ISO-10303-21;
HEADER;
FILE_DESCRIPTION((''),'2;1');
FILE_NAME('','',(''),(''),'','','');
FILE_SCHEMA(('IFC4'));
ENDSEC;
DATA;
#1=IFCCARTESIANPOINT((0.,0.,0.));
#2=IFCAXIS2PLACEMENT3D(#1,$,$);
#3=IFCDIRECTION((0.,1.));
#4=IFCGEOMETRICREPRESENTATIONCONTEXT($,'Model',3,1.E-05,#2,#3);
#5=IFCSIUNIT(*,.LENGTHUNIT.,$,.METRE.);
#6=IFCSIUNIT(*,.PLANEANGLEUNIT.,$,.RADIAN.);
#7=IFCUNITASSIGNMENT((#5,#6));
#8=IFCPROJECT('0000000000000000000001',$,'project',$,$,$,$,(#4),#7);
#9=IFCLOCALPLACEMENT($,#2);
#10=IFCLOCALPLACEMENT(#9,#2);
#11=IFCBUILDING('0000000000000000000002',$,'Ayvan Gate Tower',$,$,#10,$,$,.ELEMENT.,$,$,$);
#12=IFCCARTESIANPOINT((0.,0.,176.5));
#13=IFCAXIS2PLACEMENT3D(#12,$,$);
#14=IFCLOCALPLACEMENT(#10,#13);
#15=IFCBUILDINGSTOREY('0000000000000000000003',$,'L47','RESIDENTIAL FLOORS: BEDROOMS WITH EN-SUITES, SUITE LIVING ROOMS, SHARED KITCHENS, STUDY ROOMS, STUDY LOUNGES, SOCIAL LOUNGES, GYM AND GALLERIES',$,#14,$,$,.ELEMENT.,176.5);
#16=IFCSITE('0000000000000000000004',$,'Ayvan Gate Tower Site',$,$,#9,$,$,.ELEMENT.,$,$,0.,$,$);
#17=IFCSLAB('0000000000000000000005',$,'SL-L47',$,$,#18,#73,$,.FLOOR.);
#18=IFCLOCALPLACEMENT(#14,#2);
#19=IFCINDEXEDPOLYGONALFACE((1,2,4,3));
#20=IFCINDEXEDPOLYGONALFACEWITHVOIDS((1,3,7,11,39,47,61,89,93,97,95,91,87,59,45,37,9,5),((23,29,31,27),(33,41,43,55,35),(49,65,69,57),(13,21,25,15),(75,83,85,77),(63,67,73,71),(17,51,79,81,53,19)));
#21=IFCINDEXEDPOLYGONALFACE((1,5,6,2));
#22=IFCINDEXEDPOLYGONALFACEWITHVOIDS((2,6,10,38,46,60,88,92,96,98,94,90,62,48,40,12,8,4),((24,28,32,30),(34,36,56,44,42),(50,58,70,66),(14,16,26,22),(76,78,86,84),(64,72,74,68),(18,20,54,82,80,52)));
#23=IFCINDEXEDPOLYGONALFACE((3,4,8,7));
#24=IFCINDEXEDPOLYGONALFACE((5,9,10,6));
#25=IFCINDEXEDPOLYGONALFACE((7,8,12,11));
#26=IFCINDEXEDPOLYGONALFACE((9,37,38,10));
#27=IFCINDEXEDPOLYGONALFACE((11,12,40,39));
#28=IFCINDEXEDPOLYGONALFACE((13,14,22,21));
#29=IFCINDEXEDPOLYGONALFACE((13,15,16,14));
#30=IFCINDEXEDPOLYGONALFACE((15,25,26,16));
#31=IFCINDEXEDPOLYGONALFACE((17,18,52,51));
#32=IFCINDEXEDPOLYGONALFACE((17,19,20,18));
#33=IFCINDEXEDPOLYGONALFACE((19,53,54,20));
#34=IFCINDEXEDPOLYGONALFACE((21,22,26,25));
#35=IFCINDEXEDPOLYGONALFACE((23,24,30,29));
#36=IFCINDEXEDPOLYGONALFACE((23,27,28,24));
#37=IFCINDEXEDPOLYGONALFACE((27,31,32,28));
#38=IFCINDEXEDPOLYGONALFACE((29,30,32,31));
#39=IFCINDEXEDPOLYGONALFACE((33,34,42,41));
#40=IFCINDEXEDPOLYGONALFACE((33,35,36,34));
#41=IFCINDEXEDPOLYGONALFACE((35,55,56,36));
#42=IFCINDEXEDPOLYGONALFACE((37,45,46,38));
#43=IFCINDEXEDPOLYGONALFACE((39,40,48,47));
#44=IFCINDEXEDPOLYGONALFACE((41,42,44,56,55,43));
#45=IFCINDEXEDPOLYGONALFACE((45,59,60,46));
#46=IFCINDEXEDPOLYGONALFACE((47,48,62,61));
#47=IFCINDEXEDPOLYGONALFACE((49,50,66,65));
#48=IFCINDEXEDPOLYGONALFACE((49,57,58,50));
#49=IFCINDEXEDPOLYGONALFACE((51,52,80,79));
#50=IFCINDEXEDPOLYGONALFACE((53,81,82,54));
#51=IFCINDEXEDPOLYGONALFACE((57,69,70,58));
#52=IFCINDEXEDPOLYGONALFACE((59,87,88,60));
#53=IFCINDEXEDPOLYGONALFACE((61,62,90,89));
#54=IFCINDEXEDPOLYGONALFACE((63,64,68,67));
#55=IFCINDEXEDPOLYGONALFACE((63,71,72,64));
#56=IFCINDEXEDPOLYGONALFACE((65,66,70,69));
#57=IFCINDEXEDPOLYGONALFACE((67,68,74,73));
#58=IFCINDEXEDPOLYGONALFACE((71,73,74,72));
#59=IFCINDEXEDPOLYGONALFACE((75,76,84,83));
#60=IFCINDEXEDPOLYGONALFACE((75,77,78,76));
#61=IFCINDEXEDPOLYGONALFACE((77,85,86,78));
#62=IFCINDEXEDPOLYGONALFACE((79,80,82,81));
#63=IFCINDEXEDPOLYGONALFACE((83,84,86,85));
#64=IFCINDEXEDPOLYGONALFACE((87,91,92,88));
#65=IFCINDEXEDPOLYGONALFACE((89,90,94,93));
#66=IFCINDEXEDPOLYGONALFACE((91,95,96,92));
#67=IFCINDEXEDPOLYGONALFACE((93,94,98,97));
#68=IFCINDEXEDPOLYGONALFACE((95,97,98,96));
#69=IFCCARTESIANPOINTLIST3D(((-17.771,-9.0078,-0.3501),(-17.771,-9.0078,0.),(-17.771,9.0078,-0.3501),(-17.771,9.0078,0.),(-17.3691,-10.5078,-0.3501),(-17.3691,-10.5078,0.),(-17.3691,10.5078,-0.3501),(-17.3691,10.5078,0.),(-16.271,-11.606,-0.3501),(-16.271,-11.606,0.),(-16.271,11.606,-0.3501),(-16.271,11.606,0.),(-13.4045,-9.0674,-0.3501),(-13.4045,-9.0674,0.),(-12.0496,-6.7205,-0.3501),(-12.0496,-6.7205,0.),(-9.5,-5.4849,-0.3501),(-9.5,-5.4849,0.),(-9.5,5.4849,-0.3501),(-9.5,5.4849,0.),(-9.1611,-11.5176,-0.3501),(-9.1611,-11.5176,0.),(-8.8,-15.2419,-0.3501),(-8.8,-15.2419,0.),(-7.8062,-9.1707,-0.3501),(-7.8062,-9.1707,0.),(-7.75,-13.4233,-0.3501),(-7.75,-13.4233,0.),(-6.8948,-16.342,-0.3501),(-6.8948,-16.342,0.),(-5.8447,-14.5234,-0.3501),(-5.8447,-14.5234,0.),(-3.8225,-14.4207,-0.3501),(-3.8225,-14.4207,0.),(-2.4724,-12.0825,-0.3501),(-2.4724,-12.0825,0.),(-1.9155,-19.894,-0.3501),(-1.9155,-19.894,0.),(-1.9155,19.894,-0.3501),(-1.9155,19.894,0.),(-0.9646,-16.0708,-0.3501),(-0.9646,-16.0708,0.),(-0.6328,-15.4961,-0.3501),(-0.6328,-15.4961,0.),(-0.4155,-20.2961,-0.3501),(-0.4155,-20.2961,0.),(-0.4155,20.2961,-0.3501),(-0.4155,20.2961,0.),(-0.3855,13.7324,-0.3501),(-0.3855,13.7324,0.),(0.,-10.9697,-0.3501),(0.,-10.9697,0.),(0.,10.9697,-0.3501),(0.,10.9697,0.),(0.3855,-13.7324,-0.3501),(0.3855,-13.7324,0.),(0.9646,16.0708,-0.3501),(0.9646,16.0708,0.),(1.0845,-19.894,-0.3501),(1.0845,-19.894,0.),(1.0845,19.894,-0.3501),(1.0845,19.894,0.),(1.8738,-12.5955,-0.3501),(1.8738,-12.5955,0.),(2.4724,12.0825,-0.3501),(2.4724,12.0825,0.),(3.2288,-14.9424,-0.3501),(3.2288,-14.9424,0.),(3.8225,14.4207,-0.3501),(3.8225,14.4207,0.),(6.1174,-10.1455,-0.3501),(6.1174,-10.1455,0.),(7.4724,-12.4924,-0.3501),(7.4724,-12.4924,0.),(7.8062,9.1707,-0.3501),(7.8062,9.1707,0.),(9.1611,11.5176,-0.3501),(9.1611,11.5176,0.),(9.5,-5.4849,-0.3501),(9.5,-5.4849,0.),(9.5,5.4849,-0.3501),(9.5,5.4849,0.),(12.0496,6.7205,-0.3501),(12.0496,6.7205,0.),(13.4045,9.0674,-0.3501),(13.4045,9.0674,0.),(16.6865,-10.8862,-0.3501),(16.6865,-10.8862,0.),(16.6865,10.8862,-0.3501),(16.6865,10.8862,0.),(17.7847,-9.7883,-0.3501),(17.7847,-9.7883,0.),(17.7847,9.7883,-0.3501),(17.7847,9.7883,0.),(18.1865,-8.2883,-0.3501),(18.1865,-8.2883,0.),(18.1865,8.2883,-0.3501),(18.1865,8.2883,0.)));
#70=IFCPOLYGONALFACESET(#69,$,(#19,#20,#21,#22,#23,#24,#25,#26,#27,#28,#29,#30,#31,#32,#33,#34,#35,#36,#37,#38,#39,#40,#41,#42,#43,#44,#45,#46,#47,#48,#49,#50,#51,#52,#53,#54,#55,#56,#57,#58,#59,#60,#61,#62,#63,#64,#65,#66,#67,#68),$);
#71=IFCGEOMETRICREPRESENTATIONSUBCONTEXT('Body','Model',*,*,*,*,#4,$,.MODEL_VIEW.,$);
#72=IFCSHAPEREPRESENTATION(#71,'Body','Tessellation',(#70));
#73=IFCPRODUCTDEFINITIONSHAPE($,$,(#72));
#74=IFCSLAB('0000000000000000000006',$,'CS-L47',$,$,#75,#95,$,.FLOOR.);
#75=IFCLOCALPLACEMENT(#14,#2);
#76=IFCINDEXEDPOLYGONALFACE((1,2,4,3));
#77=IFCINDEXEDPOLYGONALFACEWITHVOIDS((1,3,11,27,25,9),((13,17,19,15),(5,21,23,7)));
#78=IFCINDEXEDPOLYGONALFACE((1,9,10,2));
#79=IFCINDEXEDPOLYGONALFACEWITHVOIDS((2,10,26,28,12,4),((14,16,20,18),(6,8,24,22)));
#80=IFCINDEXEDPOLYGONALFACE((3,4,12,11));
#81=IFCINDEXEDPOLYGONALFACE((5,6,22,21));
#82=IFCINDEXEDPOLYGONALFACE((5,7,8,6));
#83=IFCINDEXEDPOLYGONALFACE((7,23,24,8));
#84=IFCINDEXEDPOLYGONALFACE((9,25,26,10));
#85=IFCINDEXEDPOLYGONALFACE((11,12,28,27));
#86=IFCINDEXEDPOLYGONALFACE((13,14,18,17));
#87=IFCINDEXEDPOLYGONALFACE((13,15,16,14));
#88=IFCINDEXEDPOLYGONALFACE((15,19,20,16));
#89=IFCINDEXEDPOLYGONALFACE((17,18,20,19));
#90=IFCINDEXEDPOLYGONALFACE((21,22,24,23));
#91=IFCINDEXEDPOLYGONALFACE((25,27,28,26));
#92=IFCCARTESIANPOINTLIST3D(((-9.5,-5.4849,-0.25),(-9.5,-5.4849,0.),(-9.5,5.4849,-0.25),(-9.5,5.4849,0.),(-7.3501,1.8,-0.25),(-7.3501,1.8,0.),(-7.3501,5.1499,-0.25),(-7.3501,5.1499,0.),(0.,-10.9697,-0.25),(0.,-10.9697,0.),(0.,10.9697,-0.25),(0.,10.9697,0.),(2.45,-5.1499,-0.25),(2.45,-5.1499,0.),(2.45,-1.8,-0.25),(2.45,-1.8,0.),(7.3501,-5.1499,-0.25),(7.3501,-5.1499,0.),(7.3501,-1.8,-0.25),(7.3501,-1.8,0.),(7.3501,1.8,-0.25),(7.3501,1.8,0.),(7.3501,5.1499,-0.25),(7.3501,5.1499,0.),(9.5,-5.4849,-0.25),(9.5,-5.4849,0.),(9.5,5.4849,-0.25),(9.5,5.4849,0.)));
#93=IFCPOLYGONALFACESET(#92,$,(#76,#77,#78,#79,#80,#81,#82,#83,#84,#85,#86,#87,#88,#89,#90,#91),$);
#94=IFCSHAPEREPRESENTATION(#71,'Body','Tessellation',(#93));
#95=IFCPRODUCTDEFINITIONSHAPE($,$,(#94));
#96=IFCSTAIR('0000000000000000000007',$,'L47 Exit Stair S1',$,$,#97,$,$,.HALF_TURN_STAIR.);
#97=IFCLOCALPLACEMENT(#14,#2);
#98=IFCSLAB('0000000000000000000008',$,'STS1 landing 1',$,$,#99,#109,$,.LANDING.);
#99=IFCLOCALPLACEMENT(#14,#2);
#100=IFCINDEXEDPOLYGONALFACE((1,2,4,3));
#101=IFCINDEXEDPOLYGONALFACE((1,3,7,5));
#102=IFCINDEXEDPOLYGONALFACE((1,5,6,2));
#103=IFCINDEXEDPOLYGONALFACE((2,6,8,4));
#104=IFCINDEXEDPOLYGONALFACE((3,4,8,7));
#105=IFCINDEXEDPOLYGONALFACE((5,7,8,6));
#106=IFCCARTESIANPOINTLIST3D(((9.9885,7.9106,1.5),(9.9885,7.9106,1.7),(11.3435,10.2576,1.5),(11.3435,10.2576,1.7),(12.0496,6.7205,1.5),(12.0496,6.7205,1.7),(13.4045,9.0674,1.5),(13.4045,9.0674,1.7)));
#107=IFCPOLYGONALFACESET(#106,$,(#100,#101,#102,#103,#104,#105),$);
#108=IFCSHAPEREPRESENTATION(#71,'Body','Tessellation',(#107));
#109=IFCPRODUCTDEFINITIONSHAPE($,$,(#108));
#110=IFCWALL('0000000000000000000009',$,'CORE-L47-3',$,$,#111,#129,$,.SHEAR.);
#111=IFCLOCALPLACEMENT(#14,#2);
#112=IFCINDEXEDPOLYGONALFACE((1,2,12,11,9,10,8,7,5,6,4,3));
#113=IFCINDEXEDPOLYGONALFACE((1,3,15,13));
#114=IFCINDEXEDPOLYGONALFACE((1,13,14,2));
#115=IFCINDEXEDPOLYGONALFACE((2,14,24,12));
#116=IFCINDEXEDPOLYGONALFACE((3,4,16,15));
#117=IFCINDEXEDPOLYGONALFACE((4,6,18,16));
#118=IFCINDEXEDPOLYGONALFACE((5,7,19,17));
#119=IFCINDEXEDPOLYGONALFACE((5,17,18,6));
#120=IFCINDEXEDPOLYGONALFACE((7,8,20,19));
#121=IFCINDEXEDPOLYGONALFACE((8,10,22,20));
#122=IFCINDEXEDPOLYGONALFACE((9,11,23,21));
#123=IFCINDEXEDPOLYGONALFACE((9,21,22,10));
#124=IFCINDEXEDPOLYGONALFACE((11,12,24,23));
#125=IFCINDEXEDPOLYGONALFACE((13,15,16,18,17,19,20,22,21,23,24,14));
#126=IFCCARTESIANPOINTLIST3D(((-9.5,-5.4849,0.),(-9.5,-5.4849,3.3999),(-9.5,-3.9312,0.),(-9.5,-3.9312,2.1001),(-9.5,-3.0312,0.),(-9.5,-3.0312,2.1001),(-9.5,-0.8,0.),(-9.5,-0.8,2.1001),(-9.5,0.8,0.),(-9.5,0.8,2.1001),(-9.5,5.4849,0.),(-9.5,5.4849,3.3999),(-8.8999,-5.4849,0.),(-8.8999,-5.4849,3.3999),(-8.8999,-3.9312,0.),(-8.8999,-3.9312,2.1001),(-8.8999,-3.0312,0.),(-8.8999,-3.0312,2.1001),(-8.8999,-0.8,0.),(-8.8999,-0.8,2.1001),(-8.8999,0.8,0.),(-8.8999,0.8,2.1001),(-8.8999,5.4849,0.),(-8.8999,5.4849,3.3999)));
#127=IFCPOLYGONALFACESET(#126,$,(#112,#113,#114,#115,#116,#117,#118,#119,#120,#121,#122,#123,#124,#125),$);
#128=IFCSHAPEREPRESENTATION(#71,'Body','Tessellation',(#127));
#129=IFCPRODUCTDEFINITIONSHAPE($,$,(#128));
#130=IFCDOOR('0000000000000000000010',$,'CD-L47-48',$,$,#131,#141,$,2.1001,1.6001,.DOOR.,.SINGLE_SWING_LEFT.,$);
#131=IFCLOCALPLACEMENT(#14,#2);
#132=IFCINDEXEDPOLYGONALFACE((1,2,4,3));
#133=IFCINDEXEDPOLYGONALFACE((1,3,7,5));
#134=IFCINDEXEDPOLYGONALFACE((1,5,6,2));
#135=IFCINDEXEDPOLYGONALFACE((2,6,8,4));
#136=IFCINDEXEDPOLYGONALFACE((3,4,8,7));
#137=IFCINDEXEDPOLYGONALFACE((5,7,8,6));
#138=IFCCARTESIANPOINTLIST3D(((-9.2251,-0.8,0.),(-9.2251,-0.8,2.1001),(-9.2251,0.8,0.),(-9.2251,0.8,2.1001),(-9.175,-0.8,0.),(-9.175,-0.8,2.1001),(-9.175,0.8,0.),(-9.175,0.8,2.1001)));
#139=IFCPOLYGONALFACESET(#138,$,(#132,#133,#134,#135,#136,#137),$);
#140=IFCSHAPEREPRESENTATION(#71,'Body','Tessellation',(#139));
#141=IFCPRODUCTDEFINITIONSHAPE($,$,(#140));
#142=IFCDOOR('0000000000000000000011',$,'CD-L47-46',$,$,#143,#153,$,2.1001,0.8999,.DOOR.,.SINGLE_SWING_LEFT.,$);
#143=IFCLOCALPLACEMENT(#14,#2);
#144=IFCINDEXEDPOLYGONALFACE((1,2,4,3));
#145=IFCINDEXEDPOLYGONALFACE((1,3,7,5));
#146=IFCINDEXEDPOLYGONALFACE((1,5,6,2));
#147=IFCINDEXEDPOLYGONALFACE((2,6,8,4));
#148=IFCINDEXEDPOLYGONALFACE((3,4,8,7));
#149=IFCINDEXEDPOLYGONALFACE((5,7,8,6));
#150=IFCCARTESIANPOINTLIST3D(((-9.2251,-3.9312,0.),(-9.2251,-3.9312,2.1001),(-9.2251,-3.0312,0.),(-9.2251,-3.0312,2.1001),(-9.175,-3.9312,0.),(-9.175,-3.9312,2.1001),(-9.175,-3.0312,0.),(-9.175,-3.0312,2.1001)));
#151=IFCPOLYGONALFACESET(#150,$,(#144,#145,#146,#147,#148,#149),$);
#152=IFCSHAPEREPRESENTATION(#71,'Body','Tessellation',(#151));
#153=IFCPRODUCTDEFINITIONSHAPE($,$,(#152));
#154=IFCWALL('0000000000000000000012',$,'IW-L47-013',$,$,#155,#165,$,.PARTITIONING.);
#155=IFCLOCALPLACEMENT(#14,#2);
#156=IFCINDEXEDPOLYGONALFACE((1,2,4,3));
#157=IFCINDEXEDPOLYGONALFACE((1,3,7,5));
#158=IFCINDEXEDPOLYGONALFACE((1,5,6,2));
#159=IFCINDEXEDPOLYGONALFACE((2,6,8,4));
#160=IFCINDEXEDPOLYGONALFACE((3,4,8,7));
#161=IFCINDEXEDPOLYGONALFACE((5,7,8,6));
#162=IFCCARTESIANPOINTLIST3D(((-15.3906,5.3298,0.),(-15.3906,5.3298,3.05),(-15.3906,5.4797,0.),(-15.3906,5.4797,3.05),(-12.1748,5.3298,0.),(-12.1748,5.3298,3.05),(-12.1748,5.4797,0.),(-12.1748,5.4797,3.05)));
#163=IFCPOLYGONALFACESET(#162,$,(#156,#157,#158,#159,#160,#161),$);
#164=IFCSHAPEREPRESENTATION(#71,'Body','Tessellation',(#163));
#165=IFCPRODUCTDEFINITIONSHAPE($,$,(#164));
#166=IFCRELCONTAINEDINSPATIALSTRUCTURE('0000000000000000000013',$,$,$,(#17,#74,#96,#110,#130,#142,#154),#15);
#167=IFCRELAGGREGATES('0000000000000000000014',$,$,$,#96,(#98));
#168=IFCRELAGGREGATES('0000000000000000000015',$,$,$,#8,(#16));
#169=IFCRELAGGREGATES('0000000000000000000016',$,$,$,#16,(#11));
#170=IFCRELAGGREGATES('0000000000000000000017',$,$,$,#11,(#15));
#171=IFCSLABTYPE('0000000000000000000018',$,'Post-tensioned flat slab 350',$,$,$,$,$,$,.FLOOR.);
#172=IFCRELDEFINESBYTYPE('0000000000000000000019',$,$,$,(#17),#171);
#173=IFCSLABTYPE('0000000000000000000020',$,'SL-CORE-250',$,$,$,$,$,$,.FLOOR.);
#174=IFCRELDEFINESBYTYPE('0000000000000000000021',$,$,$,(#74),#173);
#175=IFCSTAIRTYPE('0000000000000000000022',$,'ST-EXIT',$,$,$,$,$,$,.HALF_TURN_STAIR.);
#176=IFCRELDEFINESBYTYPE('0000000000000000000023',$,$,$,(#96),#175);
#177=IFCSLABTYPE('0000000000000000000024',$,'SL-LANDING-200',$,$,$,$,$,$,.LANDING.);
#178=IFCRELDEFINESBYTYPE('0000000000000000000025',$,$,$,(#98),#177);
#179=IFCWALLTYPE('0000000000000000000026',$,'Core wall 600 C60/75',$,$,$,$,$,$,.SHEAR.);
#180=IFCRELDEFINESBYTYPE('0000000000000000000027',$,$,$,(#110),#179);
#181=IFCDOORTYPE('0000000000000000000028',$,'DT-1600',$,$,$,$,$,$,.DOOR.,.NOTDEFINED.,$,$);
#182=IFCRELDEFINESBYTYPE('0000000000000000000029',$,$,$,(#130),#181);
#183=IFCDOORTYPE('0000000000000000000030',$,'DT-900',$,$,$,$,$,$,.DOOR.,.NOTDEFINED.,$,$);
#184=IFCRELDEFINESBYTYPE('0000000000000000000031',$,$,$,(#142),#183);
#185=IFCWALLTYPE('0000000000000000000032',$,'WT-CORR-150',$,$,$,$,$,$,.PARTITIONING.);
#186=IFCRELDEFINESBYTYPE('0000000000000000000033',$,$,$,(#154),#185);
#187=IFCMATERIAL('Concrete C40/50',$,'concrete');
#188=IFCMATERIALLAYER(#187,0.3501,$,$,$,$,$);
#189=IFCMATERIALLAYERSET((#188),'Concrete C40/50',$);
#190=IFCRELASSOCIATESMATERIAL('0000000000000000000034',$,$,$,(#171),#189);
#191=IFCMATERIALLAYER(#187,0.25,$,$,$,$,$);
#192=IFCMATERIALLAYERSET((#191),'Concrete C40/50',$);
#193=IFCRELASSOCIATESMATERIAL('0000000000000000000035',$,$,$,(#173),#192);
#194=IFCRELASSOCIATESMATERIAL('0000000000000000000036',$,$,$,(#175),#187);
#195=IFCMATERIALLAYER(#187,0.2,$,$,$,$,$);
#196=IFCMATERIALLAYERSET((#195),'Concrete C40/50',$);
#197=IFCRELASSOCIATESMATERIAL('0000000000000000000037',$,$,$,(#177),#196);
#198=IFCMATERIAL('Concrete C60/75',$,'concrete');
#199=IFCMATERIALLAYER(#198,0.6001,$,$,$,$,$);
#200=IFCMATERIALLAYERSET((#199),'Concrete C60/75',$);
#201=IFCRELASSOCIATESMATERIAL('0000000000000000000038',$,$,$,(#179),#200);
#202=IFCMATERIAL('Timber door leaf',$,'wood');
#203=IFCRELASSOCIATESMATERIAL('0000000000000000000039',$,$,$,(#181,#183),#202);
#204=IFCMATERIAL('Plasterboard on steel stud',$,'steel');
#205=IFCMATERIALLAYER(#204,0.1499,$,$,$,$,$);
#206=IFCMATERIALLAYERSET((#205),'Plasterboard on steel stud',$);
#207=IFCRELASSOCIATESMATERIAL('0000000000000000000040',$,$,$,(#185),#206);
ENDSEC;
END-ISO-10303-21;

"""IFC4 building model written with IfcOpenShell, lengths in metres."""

from ifc_helpers import new_model, si_unit, direction, frame, frame_2d, origin, place, context, subcontext, project, spatial, polyline, rectangle, outline, extrude, material, layer, layer_set, type_object, element, fill, aggregate, save


model = new_model("IFC4")

# Units and contexts
model_context = context("Model", 3, precision=1e-05, world=origin(), true_north=direction((0.0, 1.0)))
body_context = subcontext(model_context, "Body", "Model", "MODEL_VIEW")
ifc_project = project(units=[si_unit("LENGTHUNIT", "METRE"), si_unit("PLANEANGLEUNIT", "RADIAN")], contexts=[model_context])

# Site, building, storey
site_placement = place(None, origin())
site = spatial("IfcSite", under=ifc_project, at=site_placement, Name="Ayvan Gate Tower Site", CompositionType="ELEMENT", RefElevation=0.0)
building_placement = place(site_placement, origin())
building = spatial("IfcBuilding", under=site, at=building_placement, Name="Ayvan Gate Tower", CompositionType="ELEMENT")
storey_placement = place(building_placement, frame((0.0, 0.0, 176.5)))
storey = spatial("IfcBuildingStorey", under=building, at=storey_placement, Name="L47", Description="RESIDENTIAL FLOORS: BEDROOMS WITH EN-SUITES, SUITE LIVING ROOMS, SHARED KITCHENS, STUDY ROOMS, STUDY LOUNGES, SOCIAL LOUNGES, GYM AND GALLERIES", CompositionType="ELEMENT", Elevation=176.5)

# Slabs
ifc_material_1 = material(Name="Concrete C40/50", Category="concrete")
ifc_layer_1 = layer(ifc_material_1, 0.3501)
ifc_layer_set_1 = layer_set([ifc_layer_1], Name="Concrete C40/50")
slab_type_1 = type_object("IfcSlabType", Name="Post-tensioned flat slab 350", PredefinedType="FLOOR", material=ifc_layer_set_1)
slab_1_placement = place(storey_placement, frame((0.0, 0.0, -0.3501)))
element("IfcSlab", 1, at=slab_1_placement, inside=storey, type_object=slab_type_1, Name="SL-L47", PredefinedType="FLOOR", context=body_context, shape_type="SweptSolid", body=[
    extrude(outline(polyline([(-0.4155, -20.2961), (-1.9155, -19.894), (-16.271, -11.606), (-17.3691, -10.5078), (-17.771, -9.0078), (-17.771, 9.0078), (-17.3691, 10.5078), (-16.271, 11.606), (-1.9155, 19.894), (-0.4155, 20.2961), (1.0845, 19.894), (16.6865, 10.8862), (17.7847, 9.7883), (18.1865, 8.2883), (18.1865, -8.2883), (17.7847, -9.7883), (16.6865, -10.8862), (1.0845, -19.894), (-0.4155, -20.2961)]), holes=[polyline([(13.4045, 9.0674), (9.1611, 11.5176), (7.8062, 9.1707), (12.0496, 6.7205), (13.4045, 9.0674)]), polyline([(0.0, 10.9697), (-9.5, 5.4849), (-9.5, -5.4849), (0.0, -10.9697), (9.5, -5.4849), (9.5, 5.4849), (0.0, 10.9697)]), polyline([(3.2288, -14.9424), (7.4724, -12.4924), (6.1174, -10.1455), (1.8738, -12.5955), (3.2288, -14.9424)]), polyline([(0.9646, 16.0708), (-0.3855, 13.7324), (2.4724, 12.0825), (3.8225, 14.4207), (0.9646, 16.0708)]), polyline([(0.3855, -13.7324), (-2.4724, -12.0825), (-3.8225, -14.4207), (-0.9646, -16.0708), (-0.6328, -15.4961), (0.3855, -13.7324)]), polyline([(-6.8948, -16.342), (-5.8447, -14.5234), (-7.75, -13.4233), (-8.8, -15.2419), (-6.8948, -16.342)]), polyline([(-7.8062, -9.1707), (-12.0496, -6.7205), (-13.4045, -9.0674), (-9.1611, -11.5176), (-7.8062, -9.1707)])]), origin(), (0.0, 0.0, 1.0), 0.3501),
])
ifc_layer_2 = layer(ifc_material_1, 0.25)
ifc_layer_set_2 = layer_set([ifc_layer_2], Name="Concrete C40/50")
slab_type_2 = type_object("IfcSlabType", Name="SL-CORE-250", PredefinedType="FLOOR", material=ifc_layer_set_2)
slab_2_placement = place(storey_placement, frame((0.0, 0.0, -0.25)))
element("IfcSlab", 2, at=slab_2_placement, inside=storey, type_object=slab_type_2, Name="CS-L47", PredefinedType="FLOOR", context=body_context, shape_type="SweptSolid", body=[
    extrude(outline(polyline([(9.5, -5.4849), (0.0, -10.9697), (-9.5, -5.4849), (-9.5, 5.4849), (0.0, 10.9697), (9.5, 5.4849), (9.5, -5.4849)]), holes=[polyline([(-7.3501, 5.1499), (-7.3501, 1.8), (7.3501, 1.8), (7.3501, 5.1499), (-7.3501, 5.1499)]), polyline([(2.45, -1.8), (2.45, -5.1499), (7.3501, -5.1499), (7.3501, -1.8), (2.45, -1.8)])]), origin(), (0.0, 0.0, 1.0), 0.25),
])

# Stair, slab
stair_type = type_object("IfcStairType", Name="ST-EXIT", PredefinedType="HALF_TURN_STAIR", material=ifc_material_1)
stair_placement = place(storey_placement, origin())
stair = element("IfcStair", 3, at=stair_placement, inside=storey, type_object=stair_type, Name="L47 Exit Stair S1", PredefinedType="HALF_TURN_STAIR")
ifc_layer_3 = layer(ifc_material_1, 0.2)
ifc_layer_set_3 = layer_set([ifc_layer_3], Name="Concrete C40/50")
slab_type_3 = type_object("IfcSlabType", Name="SL-LANDING-200", PredefinedType="LANDING", material=ifc_layer_set_3)
slab_3_placement = place(storey_placement, frame((0.0, 0.0, 1.5)))
slab_3 = element("IfcSlab", 4, at=slab_3_placement, type_object=slab_type_3, Name="STS1 landing 1", PredefinedType="LANDING", context=body_context, shape_type="SweptSolid", body=[
    extrude(outline(polyline([(9.9885, 7.9106), (12.0496, 6.7205), (13.4045, 9.0674), (11.3435, 10.2576), (9.9885, 7.9106)])), origin(), (0.0, 0.0, 1.0), 0.2),
])
aggregate(stair, [slab_3])

# Wall, openings, doors
ifc_material_2 = material(Name="Concrete C60/75", Category="concrete")
ifc_layer_4 = layer(ifc_material_2, 0.6001)
ifc_layer_set_4 = layer_set([ifc_layer_4], Name="Concrete C60/75")
wall_type_1 = type_object("IfcWallType", Name="Core wall 600 C60/75", PredefinedType="SHEAR", material=ifc_layer_set_4)
wall_1_placement = place(storey_placement, frame((-9.2, 5.4849, 0.0), z_axis=(0.0, 0.0, 1.0), x_axis=(0.0, -1.0, 0.0)))
wall_1 = element("IfcWall", 5, at=wall_1_placement, inside=storey, type_object=wall_type_1, Name="CORE-L47-3", PredefinedType="SHEAR", context=body_context, shape_type="SweptSolid", body=[
    extrude(rectangle(XDim=10.9697, YDim=0.6001, at=frame_2d((5.4849, 0.0))), origin(), (0.0, 0.0, 1.0), 3.3999),
])
opening_1_placement = place(wall_1_placement, frame((8.5161, 0.0, 0.0)))
opening_1 = element("IfcOpeningElement", 6, at=opening_1_placement, cuts=wall_1, PredefinedType="OPENING", context=body_context, shape_type="SweptSolid", body=[
    extrude(rectangle(XDim=0.8999, YDim=2.1001, at=frame_2d((0.45, 1.05))), frame((0.0, 0.3101, 0.0), z_axis=(0.0, -1.0, 0.0), x_axis=(1.0, 0.0, 0.0)), (0.0, 0.0, 1.0), 0.6201),
])
opening_2_placement = place(wall_1_placement, frame((4.6848, 0.0, 0.0)))
opening_2 = element("IfcOpeningElement", 7, at=opening_2_placement, cuts=wall_1, PredefinedType="OPENING", context=body_context, shape_type="SweptSolid", body=[
    extrude(rectangle(XDim=1.6001, YDim=2.1001, at=frame_2d((0.8, 1.05))), frame((0.0, 0.3101, 0.0), z_axis=(0.0, -1.0, 0.0), x_axis=(1.0, 0.0, 0.0)), (0.0, 0.0, 1.0), 0.6201),
])
ifc_material_3 = material(Name="Timber door leaf", Category="wood")
door_type_1 = type_object("IfcDoorType", Name="DT-1600", OperationType="NOTDEFINED", PredefinedType="DOOR", material=ifc_material_3)
door_1_placement = place(opening_2_placement, origin())
door_1 = element("IfcDoor", 8, at=door_1_placement, inside=storey, type_object=door_type_1, Name="CD-L47-48", OperationType="SINGLE_SWING_LEFT", OverallHeight=2.1001, OverallWidth=1.6001, PredefinedType="DOOR", context=body_context, shape_type="SweptSolid", body=[
    extrude(rectangle(XDim=1.6001, YDim=2.1001, at=frame_2d((0.8, 1.05))), frame((0.0, 0.0249, 0.0), z_axis=(0.0, -1.0, 0.0), x_axis=(1.0, 0.0, 0.0)), (0.0, 0.0, 1.0), 0.05),
])
fill(opening_2, door_1)
door_type_2 = type_object("IfcDoorType", Name="DT-900", OperationType="NOTDEFINED", PredefinedType="DOOR", material=ifc_material_3)
door_2_placement = place(opening_1_placement, origin())
door_2 = element("IfcDoor", 9, at=door_2_placement, inside=storey, type_object=door_type_2, Name="CD-L47-46", OperationType="SINGLE_SWING_LEFT", OverallHeight=2.1001, OverallWidth=0.8999, PredefinedType="DOOR", context=body_context, shape_type="SweptSolid", body=[
    extrude(rectangle(XDim=0.8999, YDim=2.1001, at=frame_2d((0.45, 1.05))), frame((0.0, 0.0249, 0.0), z_axis=(0.0, -1.0, 0.0), x_axis=(1.0, 0.0, 0.0)), (0.0, 0.0, 1.0), 0.05),
])
fill(opening_1, door_2)

# Wall
ifc_material_4 = material(Name="Plasterboard on steel stud", Category="steel")
ifc_layer_5 = layer(ifc_material_4, 0.1499)
ifc_layer_set_5 = layer_set([ifc_layer_5], Name="Plasterboard on steel stud")
wall_type_2 = type_object("IfcWallType", Name="WT-CORR-150", PredefinedType="PARTITIONING", material=ifc_layer_set_5)
wall_2_placement = place(storey_placement, frame((-12.1748, 5.4048, 0.0), z_axis=(0.0, 0.0, 1.0), x_axis=(-1.0, 0.0, 0.0)))
element("IfcWall", 10, at=wall_2_placement, inside=storey, type_object=wall_type_2, Name="IW-L47-013", PredefinedType="PARTITIONING", context=body_context, shape_type="SweptSolid", body=[
    extrude(rectangle(XDim=3.2158, YDim=0.1499, at=frame_2d((1.6079, 0.0))), origin(), (0.0, 0.0, 1.0), 3.05),
])

save(model, "model.ifc")
